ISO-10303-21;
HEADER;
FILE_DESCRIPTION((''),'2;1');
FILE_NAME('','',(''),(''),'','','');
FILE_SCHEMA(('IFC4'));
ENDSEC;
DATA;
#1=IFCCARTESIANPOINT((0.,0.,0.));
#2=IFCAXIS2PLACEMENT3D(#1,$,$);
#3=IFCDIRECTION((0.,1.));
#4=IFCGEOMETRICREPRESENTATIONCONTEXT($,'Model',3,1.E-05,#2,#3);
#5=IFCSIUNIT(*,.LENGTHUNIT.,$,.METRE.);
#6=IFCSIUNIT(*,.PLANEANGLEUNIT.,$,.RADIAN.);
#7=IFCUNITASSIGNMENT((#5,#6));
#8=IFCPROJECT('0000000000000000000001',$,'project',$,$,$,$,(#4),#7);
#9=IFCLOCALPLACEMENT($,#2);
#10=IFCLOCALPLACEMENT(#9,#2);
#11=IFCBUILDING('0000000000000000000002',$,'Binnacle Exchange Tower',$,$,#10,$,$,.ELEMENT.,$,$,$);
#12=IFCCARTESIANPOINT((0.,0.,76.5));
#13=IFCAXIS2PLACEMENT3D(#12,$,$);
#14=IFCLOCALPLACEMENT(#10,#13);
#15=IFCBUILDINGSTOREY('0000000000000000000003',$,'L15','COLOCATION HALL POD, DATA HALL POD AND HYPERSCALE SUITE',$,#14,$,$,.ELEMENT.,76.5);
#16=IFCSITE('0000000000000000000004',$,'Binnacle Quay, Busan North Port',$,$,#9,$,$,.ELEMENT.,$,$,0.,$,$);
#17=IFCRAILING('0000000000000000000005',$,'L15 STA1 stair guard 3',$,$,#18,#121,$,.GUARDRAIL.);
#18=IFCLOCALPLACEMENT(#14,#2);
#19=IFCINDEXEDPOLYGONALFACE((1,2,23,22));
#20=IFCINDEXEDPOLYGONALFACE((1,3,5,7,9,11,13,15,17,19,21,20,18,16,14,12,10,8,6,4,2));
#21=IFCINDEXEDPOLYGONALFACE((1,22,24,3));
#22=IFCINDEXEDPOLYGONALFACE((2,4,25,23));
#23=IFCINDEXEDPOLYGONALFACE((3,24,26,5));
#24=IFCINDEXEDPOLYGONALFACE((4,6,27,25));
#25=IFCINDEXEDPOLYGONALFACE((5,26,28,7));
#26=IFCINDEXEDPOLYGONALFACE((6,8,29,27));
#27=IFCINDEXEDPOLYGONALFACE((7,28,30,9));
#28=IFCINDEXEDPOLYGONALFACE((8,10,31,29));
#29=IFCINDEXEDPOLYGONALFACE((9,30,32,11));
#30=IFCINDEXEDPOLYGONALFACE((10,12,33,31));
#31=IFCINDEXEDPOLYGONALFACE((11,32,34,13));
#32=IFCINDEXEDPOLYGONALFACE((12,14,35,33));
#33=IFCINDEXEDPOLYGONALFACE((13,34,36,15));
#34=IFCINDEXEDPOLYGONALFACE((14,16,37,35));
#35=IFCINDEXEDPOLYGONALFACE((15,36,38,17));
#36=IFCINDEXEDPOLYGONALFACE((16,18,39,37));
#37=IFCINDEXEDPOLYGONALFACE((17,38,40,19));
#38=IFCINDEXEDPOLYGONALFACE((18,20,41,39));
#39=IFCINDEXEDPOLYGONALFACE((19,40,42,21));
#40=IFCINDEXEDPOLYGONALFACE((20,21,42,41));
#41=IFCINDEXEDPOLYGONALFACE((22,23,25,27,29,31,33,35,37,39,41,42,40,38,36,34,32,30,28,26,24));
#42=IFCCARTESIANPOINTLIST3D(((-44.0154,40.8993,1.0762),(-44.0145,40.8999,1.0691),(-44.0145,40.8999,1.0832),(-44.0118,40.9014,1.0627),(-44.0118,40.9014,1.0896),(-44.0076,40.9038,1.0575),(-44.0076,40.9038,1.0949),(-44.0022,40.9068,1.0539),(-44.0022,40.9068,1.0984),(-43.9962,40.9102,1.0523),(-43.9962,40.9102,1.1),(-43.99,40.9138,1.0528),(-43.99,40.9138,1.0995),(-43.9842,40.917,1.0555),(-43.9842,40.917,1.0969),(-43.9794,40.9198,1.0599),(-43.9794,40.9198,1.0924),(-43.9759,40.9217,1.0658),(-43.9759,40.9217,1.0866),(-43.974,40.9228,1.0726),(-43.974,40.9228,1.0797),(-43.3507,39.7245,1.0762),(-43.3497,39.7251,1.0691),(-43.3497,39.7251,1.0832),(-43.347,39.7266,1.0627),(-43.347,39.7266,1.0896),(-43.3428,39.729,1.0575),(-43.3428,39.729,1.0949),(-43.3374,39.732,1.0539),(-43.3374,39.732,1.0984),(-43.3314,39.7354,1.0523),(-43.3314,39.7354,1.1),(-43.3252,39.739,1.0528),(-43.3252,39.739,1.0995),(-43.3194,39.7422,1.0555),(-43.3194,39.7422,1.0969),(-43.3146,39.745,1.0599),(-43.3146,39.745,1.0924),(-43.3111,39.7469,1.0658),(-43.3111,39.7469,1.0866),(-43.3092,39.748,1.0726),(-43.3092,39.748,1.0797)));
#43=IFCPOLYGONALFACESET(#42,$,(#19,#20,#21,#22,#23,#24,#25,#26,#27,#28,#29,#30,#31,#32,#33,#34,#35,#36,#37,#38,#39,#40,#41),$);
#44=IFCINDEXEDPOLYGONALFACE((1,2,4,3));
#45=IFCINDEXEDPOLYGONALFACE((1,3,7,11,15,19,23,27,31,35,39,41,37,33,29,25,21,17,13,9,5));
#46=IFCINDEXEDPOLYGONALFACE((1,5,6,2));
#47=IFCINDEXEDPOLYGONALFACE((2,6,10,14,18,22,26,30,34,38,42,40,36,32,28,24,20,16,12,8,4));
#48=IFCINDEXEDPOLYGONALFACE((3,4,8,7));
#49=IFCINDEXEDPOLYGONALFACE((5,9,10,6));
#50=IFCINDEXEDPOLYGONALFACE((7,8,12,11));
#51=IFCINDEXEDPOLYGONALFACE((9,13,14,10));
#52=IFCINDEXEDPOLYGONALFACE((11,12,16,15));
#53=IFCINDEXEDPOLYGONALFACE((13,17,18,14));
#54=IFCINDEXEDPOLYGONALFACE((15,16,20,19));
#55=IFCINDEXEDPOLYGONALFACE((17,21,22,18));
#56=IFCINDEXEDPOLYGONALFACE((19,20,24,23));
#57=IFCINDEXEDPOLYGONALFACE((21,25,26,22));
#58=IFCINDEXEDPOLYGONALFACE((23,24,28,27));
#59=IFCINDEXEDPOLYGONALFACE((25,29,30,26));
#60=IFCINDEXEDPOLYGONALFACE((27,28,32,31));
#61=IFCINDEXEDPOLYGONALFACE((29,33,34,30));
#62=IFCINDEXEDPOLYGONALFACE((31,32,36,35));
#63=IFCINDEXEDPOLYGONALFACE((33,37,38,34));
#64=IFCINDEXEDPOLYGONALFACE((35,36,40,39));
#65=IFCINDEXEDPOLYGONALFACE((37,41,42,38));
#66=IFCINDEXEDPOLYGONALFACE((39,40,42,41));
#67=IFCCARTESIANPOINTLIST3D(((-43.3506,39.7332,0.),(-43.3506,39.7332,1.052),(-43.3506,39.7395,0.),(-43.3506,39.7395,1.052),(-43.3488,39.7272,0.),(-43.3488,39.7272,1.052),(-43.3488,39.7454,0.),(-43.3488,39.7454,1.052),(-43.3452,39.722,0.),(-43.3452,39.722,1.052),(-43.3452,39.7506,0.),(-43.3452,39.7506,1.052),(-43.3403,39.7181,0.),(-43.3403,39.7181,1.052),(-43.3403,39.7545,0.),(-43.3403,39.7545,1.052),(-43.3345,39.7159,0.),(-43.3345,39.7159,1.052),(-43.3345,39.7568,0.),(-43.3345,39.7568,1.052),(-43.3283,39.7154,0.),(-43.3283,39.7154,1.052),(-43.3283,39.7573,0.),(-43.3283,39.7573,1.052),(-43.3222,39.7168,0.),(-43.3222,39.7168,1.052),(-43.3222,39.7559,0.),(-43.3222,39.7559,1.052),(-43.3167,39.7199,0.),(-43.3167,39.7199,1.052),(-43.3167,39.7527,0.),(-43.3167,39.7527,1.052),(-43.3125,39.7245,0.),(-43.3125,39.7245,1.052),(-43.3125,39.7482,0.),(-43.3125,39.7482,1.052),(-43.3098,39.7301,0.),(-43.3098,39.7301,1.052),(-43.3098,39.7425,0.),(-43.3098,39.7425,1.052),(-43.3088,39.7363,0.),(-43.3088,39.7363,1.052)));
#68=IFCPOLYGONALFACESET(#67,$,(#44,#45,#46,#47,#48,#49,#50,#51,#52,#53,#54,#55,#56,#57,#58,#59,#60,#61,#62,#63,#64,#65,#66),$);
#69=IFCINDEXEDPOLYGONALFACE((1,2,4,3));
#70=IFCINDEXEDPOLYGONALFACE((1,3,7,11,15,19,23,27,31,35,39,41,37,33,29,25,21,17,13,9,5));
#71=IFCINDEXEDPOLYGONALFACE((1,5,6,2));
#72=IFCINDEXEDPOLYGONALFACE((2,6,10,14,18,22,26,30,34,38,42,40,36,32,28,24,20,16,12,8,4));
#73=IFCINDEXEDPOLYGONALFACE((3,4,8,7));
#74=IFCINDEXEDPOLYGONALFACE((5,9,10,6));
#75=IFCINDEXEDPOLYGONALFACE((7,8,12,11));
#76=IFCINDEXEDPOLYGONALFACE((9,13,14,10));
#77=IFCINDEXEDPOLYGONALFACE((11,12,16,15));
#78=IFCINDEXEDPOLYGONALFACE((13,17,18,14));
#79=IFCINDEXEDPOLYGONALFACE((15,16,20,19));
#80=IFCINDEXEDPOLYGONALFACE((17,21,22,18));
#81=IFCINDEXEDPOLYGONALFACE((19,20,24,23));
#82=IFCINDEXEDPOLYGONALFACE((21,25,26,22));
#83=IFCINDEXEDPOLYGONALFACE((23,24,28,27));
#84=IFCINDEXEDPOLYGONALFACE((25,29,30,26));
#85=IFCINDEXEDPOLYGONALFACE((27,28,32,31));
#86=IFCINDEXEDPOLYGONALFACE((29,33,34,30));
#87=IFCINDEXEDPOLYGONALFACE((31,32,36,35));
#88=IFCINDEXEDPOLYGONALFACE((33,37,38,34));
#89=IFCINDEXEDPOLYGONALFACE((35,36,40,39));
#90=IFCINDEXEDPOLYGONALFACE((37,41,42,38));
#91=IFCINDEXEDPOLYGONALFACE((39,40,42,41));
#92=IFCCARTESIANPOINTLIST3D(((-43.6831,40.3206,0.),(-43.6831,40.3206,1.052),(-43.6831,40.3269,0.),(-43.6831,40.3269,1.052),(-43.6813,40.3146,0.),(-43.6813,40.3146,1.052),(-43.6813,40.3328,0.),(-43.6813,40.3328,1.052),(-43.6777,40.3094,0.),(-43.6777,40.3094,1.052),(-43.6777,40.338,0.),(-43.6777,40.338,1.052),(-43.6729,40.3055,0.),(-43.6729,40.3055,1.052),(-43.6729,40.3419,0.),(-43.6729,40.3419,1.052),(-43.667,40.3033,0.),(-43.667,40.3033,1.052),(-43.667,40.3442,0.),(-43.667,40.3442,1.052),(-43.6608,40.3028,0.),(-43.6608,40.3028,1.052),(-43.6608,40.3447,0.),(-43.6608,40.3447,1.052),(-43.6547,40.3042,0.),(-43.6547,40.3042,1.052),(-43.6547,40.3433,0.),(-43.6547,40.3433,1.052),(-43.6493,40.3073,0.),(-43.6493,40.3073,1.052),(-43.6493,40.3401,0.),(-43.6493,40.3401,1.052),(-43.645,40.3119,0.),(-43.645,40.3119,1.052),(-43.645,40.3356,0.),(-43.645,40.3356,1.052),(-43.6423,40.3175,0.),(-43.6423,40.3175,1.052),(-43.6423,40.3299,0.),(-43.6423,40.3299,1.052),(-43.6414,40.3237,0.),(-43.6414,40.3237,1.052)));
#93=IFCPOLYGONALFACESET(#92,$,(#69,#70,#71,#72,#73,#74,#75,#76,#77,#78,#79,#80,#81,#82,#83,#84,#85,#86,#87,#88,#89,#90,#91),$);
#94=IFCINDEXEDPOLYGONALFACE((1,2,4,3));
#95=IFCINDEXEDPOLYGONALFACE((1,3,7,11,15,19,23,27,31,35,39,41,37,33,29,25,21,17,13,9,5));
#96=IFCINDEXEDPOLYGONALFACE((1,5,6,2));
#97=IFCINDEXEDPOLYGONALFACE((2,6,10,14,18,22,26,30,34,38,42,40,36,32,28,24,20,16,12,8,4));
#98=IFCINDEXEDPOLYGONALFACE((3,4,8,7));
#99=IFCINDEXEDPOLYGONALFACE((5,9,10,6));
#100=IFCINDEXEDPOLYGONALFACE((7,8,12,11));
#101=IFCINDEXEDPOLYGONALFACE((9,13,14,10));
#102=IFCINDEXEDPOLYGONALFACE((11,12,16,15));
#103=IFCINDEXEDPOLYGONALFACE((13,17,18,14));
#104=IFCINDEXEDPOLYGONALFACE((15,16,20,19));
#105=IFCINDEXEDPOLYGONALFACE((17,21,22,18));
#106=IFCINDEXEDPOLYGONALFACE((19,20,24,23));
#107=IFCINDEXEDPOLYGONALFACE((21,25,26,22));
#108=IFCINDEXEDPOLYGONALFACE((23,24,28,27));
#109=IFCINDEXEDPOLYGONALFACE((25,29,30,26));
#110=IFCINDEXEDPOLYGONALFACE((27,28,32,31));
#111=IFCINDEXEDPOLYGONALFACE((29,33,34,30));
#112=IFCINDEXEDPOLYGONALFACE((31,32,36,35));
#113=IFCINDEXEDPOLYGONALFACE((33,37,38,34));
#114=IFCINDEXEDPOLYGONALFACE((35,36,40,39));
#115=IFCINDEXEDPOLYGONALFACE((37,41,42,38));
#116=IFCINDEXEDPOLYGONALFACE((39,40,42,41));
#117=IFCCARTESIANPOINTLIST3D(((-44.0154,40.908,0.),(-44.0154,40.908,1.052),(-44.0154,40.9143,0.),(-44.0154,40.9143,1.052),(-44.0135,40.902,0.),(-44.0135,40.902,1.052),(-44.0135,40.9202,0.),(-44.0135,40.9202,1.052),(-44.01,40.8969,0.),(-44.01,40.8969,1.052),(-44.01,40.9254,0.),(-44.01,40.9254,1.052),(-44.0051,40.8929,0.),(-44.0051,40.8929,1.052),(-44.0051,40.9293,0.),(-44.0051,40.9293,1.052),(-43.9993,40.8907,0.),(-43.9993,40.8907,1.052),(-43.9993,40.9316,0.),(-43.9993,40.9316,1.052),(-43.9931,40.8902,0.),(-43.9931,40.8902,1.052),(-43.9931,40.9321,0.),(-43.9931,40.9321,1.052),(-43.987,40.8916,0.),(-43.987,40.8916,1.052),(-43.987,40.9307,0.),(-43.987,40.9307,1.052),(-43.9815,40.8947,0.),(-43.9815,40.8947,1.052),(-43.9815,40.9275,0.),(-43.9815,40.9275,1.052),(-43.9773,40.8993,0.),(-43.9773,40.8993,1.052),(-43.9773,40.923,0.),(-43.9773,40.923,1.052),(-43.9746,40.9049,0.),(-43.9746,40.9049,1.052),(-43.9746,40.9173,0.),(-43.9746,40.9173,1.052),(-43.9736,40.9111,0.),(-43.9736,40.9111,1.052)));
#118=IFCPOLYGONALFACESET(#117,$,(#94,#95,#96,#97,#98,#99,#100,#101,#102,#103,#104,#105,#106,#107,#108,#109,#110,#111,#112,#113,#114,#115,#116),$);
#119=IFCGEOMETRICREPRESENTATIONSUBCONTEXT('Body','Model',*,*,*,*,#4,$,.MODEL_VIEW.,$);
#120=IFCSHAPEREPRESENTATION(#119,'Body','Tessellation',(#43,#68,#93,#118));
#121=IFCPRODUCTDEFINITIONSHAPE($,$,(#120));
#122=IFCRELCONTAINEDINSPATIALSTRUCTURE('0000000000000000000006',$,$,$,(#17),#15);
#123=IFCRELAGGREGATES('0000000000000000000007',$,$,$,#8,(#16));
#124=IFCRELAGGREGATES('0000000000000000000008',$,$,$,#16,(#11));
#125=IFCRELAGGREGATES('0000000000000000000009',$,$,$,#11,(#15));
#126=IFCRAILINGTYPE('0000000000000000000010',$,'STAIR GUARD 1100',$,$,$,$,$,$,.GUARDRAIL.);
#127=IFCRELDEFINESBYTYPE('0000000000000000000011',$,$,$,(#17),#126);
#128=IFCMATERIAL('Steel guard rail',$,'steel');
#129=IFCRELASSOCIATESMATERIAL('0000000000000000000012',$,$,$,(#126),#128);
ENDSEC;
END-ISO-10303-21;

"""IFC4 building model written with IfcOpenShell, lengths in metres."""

from ifc_helpers import new_model, si_unit, direction, frame, origin, origin_2d, place, context, subcontext, project, spatial, circle, extrude, material, type_object, element, save


model = new_model("IFC4")

# Units and contexts
model_context = context("Model", 3, precision=1e-05, world=origin(), true_north=direction((0.0, 1.0)))
body_context = subcontext(model_context, "Body", "Model", "MODEL_VIEW")
ifc_project = project(units=[si_unit("LENGTHUNIT", "METRE"), si_unit("PLANEANGLEUNIT", "RADIAN")], contexts=[model_context])

# Site, building, storey
site_placement = place(None, origin())
site = spatial("IfcSite", under=ifc_project, at=site_placement, Name="Binnacle Quay, Busan North Port", CompositionType="ELEMENT", RefElevation=0.0)
building_placement = place(site_placement, origin())
building = spatial("IfcBuilding", under=site, at=building_placement, Name="Binnacle Exchange Tower", CompositionType="ELEMENT")
storey_placement = place(building_placement, frame((0.0, 0.0, 76.5)))
storey = spatial("IfcBuildingStorey", under=building, at=storey_placement, Name="L15", Description="COLOCATION HALL POD, DATA HALL POD AND HYPERSCALE SUITE", CompositionType="ELEMENT", Elevation=76.5)

# Railing
ifc_material_1 = material(Name="Steel guard rail", Category="steel")
railing_type = type_object("IfcRailingType", Name="STAIR GUARD 1100", PredefinedType="GUARDRAIL", material=ifc_material_1)
railing_1_placement = place(storey_placement, frame((-43.3298, 39.7363, 0.0)))
element("IfcRailing", 1, at=railing_1_placement, inside=storey, type_object=railing_type, Name="L15 STA1 stair guard 3", PredefinedType="GUARDRAIL", context=body_context, shape_type="SweptSolid", body=[
    extrude(circle(Radius=0.0239, at=origin_2d()), frame((0.0, 0.0, 1.0762), z_axis=(-0.492492, 0.870317, 0.0), x_axis=(-0.870317, -0.492492, 0.0)), (0.0, 0.0, 1.0), 1.3499),
    extrude(circle(Radius=0.021, at=origin_2d()), origin(), (0.0, 0.0, 1.0), 1.052),
    extrude(circle(Radius=0.021, at=origin_2d()), frame((-0.3325, 0.5874, 0.0)), (0.0, 0.0, 1.0), 1.052),
    extrude(circle(Radius=0.021, at=origin_2d()), frame((-0.6648, 1.1748, 0.0)), (0.0, 0.0, 1.0), 1.052),
])

save(model, "model.ifc")
